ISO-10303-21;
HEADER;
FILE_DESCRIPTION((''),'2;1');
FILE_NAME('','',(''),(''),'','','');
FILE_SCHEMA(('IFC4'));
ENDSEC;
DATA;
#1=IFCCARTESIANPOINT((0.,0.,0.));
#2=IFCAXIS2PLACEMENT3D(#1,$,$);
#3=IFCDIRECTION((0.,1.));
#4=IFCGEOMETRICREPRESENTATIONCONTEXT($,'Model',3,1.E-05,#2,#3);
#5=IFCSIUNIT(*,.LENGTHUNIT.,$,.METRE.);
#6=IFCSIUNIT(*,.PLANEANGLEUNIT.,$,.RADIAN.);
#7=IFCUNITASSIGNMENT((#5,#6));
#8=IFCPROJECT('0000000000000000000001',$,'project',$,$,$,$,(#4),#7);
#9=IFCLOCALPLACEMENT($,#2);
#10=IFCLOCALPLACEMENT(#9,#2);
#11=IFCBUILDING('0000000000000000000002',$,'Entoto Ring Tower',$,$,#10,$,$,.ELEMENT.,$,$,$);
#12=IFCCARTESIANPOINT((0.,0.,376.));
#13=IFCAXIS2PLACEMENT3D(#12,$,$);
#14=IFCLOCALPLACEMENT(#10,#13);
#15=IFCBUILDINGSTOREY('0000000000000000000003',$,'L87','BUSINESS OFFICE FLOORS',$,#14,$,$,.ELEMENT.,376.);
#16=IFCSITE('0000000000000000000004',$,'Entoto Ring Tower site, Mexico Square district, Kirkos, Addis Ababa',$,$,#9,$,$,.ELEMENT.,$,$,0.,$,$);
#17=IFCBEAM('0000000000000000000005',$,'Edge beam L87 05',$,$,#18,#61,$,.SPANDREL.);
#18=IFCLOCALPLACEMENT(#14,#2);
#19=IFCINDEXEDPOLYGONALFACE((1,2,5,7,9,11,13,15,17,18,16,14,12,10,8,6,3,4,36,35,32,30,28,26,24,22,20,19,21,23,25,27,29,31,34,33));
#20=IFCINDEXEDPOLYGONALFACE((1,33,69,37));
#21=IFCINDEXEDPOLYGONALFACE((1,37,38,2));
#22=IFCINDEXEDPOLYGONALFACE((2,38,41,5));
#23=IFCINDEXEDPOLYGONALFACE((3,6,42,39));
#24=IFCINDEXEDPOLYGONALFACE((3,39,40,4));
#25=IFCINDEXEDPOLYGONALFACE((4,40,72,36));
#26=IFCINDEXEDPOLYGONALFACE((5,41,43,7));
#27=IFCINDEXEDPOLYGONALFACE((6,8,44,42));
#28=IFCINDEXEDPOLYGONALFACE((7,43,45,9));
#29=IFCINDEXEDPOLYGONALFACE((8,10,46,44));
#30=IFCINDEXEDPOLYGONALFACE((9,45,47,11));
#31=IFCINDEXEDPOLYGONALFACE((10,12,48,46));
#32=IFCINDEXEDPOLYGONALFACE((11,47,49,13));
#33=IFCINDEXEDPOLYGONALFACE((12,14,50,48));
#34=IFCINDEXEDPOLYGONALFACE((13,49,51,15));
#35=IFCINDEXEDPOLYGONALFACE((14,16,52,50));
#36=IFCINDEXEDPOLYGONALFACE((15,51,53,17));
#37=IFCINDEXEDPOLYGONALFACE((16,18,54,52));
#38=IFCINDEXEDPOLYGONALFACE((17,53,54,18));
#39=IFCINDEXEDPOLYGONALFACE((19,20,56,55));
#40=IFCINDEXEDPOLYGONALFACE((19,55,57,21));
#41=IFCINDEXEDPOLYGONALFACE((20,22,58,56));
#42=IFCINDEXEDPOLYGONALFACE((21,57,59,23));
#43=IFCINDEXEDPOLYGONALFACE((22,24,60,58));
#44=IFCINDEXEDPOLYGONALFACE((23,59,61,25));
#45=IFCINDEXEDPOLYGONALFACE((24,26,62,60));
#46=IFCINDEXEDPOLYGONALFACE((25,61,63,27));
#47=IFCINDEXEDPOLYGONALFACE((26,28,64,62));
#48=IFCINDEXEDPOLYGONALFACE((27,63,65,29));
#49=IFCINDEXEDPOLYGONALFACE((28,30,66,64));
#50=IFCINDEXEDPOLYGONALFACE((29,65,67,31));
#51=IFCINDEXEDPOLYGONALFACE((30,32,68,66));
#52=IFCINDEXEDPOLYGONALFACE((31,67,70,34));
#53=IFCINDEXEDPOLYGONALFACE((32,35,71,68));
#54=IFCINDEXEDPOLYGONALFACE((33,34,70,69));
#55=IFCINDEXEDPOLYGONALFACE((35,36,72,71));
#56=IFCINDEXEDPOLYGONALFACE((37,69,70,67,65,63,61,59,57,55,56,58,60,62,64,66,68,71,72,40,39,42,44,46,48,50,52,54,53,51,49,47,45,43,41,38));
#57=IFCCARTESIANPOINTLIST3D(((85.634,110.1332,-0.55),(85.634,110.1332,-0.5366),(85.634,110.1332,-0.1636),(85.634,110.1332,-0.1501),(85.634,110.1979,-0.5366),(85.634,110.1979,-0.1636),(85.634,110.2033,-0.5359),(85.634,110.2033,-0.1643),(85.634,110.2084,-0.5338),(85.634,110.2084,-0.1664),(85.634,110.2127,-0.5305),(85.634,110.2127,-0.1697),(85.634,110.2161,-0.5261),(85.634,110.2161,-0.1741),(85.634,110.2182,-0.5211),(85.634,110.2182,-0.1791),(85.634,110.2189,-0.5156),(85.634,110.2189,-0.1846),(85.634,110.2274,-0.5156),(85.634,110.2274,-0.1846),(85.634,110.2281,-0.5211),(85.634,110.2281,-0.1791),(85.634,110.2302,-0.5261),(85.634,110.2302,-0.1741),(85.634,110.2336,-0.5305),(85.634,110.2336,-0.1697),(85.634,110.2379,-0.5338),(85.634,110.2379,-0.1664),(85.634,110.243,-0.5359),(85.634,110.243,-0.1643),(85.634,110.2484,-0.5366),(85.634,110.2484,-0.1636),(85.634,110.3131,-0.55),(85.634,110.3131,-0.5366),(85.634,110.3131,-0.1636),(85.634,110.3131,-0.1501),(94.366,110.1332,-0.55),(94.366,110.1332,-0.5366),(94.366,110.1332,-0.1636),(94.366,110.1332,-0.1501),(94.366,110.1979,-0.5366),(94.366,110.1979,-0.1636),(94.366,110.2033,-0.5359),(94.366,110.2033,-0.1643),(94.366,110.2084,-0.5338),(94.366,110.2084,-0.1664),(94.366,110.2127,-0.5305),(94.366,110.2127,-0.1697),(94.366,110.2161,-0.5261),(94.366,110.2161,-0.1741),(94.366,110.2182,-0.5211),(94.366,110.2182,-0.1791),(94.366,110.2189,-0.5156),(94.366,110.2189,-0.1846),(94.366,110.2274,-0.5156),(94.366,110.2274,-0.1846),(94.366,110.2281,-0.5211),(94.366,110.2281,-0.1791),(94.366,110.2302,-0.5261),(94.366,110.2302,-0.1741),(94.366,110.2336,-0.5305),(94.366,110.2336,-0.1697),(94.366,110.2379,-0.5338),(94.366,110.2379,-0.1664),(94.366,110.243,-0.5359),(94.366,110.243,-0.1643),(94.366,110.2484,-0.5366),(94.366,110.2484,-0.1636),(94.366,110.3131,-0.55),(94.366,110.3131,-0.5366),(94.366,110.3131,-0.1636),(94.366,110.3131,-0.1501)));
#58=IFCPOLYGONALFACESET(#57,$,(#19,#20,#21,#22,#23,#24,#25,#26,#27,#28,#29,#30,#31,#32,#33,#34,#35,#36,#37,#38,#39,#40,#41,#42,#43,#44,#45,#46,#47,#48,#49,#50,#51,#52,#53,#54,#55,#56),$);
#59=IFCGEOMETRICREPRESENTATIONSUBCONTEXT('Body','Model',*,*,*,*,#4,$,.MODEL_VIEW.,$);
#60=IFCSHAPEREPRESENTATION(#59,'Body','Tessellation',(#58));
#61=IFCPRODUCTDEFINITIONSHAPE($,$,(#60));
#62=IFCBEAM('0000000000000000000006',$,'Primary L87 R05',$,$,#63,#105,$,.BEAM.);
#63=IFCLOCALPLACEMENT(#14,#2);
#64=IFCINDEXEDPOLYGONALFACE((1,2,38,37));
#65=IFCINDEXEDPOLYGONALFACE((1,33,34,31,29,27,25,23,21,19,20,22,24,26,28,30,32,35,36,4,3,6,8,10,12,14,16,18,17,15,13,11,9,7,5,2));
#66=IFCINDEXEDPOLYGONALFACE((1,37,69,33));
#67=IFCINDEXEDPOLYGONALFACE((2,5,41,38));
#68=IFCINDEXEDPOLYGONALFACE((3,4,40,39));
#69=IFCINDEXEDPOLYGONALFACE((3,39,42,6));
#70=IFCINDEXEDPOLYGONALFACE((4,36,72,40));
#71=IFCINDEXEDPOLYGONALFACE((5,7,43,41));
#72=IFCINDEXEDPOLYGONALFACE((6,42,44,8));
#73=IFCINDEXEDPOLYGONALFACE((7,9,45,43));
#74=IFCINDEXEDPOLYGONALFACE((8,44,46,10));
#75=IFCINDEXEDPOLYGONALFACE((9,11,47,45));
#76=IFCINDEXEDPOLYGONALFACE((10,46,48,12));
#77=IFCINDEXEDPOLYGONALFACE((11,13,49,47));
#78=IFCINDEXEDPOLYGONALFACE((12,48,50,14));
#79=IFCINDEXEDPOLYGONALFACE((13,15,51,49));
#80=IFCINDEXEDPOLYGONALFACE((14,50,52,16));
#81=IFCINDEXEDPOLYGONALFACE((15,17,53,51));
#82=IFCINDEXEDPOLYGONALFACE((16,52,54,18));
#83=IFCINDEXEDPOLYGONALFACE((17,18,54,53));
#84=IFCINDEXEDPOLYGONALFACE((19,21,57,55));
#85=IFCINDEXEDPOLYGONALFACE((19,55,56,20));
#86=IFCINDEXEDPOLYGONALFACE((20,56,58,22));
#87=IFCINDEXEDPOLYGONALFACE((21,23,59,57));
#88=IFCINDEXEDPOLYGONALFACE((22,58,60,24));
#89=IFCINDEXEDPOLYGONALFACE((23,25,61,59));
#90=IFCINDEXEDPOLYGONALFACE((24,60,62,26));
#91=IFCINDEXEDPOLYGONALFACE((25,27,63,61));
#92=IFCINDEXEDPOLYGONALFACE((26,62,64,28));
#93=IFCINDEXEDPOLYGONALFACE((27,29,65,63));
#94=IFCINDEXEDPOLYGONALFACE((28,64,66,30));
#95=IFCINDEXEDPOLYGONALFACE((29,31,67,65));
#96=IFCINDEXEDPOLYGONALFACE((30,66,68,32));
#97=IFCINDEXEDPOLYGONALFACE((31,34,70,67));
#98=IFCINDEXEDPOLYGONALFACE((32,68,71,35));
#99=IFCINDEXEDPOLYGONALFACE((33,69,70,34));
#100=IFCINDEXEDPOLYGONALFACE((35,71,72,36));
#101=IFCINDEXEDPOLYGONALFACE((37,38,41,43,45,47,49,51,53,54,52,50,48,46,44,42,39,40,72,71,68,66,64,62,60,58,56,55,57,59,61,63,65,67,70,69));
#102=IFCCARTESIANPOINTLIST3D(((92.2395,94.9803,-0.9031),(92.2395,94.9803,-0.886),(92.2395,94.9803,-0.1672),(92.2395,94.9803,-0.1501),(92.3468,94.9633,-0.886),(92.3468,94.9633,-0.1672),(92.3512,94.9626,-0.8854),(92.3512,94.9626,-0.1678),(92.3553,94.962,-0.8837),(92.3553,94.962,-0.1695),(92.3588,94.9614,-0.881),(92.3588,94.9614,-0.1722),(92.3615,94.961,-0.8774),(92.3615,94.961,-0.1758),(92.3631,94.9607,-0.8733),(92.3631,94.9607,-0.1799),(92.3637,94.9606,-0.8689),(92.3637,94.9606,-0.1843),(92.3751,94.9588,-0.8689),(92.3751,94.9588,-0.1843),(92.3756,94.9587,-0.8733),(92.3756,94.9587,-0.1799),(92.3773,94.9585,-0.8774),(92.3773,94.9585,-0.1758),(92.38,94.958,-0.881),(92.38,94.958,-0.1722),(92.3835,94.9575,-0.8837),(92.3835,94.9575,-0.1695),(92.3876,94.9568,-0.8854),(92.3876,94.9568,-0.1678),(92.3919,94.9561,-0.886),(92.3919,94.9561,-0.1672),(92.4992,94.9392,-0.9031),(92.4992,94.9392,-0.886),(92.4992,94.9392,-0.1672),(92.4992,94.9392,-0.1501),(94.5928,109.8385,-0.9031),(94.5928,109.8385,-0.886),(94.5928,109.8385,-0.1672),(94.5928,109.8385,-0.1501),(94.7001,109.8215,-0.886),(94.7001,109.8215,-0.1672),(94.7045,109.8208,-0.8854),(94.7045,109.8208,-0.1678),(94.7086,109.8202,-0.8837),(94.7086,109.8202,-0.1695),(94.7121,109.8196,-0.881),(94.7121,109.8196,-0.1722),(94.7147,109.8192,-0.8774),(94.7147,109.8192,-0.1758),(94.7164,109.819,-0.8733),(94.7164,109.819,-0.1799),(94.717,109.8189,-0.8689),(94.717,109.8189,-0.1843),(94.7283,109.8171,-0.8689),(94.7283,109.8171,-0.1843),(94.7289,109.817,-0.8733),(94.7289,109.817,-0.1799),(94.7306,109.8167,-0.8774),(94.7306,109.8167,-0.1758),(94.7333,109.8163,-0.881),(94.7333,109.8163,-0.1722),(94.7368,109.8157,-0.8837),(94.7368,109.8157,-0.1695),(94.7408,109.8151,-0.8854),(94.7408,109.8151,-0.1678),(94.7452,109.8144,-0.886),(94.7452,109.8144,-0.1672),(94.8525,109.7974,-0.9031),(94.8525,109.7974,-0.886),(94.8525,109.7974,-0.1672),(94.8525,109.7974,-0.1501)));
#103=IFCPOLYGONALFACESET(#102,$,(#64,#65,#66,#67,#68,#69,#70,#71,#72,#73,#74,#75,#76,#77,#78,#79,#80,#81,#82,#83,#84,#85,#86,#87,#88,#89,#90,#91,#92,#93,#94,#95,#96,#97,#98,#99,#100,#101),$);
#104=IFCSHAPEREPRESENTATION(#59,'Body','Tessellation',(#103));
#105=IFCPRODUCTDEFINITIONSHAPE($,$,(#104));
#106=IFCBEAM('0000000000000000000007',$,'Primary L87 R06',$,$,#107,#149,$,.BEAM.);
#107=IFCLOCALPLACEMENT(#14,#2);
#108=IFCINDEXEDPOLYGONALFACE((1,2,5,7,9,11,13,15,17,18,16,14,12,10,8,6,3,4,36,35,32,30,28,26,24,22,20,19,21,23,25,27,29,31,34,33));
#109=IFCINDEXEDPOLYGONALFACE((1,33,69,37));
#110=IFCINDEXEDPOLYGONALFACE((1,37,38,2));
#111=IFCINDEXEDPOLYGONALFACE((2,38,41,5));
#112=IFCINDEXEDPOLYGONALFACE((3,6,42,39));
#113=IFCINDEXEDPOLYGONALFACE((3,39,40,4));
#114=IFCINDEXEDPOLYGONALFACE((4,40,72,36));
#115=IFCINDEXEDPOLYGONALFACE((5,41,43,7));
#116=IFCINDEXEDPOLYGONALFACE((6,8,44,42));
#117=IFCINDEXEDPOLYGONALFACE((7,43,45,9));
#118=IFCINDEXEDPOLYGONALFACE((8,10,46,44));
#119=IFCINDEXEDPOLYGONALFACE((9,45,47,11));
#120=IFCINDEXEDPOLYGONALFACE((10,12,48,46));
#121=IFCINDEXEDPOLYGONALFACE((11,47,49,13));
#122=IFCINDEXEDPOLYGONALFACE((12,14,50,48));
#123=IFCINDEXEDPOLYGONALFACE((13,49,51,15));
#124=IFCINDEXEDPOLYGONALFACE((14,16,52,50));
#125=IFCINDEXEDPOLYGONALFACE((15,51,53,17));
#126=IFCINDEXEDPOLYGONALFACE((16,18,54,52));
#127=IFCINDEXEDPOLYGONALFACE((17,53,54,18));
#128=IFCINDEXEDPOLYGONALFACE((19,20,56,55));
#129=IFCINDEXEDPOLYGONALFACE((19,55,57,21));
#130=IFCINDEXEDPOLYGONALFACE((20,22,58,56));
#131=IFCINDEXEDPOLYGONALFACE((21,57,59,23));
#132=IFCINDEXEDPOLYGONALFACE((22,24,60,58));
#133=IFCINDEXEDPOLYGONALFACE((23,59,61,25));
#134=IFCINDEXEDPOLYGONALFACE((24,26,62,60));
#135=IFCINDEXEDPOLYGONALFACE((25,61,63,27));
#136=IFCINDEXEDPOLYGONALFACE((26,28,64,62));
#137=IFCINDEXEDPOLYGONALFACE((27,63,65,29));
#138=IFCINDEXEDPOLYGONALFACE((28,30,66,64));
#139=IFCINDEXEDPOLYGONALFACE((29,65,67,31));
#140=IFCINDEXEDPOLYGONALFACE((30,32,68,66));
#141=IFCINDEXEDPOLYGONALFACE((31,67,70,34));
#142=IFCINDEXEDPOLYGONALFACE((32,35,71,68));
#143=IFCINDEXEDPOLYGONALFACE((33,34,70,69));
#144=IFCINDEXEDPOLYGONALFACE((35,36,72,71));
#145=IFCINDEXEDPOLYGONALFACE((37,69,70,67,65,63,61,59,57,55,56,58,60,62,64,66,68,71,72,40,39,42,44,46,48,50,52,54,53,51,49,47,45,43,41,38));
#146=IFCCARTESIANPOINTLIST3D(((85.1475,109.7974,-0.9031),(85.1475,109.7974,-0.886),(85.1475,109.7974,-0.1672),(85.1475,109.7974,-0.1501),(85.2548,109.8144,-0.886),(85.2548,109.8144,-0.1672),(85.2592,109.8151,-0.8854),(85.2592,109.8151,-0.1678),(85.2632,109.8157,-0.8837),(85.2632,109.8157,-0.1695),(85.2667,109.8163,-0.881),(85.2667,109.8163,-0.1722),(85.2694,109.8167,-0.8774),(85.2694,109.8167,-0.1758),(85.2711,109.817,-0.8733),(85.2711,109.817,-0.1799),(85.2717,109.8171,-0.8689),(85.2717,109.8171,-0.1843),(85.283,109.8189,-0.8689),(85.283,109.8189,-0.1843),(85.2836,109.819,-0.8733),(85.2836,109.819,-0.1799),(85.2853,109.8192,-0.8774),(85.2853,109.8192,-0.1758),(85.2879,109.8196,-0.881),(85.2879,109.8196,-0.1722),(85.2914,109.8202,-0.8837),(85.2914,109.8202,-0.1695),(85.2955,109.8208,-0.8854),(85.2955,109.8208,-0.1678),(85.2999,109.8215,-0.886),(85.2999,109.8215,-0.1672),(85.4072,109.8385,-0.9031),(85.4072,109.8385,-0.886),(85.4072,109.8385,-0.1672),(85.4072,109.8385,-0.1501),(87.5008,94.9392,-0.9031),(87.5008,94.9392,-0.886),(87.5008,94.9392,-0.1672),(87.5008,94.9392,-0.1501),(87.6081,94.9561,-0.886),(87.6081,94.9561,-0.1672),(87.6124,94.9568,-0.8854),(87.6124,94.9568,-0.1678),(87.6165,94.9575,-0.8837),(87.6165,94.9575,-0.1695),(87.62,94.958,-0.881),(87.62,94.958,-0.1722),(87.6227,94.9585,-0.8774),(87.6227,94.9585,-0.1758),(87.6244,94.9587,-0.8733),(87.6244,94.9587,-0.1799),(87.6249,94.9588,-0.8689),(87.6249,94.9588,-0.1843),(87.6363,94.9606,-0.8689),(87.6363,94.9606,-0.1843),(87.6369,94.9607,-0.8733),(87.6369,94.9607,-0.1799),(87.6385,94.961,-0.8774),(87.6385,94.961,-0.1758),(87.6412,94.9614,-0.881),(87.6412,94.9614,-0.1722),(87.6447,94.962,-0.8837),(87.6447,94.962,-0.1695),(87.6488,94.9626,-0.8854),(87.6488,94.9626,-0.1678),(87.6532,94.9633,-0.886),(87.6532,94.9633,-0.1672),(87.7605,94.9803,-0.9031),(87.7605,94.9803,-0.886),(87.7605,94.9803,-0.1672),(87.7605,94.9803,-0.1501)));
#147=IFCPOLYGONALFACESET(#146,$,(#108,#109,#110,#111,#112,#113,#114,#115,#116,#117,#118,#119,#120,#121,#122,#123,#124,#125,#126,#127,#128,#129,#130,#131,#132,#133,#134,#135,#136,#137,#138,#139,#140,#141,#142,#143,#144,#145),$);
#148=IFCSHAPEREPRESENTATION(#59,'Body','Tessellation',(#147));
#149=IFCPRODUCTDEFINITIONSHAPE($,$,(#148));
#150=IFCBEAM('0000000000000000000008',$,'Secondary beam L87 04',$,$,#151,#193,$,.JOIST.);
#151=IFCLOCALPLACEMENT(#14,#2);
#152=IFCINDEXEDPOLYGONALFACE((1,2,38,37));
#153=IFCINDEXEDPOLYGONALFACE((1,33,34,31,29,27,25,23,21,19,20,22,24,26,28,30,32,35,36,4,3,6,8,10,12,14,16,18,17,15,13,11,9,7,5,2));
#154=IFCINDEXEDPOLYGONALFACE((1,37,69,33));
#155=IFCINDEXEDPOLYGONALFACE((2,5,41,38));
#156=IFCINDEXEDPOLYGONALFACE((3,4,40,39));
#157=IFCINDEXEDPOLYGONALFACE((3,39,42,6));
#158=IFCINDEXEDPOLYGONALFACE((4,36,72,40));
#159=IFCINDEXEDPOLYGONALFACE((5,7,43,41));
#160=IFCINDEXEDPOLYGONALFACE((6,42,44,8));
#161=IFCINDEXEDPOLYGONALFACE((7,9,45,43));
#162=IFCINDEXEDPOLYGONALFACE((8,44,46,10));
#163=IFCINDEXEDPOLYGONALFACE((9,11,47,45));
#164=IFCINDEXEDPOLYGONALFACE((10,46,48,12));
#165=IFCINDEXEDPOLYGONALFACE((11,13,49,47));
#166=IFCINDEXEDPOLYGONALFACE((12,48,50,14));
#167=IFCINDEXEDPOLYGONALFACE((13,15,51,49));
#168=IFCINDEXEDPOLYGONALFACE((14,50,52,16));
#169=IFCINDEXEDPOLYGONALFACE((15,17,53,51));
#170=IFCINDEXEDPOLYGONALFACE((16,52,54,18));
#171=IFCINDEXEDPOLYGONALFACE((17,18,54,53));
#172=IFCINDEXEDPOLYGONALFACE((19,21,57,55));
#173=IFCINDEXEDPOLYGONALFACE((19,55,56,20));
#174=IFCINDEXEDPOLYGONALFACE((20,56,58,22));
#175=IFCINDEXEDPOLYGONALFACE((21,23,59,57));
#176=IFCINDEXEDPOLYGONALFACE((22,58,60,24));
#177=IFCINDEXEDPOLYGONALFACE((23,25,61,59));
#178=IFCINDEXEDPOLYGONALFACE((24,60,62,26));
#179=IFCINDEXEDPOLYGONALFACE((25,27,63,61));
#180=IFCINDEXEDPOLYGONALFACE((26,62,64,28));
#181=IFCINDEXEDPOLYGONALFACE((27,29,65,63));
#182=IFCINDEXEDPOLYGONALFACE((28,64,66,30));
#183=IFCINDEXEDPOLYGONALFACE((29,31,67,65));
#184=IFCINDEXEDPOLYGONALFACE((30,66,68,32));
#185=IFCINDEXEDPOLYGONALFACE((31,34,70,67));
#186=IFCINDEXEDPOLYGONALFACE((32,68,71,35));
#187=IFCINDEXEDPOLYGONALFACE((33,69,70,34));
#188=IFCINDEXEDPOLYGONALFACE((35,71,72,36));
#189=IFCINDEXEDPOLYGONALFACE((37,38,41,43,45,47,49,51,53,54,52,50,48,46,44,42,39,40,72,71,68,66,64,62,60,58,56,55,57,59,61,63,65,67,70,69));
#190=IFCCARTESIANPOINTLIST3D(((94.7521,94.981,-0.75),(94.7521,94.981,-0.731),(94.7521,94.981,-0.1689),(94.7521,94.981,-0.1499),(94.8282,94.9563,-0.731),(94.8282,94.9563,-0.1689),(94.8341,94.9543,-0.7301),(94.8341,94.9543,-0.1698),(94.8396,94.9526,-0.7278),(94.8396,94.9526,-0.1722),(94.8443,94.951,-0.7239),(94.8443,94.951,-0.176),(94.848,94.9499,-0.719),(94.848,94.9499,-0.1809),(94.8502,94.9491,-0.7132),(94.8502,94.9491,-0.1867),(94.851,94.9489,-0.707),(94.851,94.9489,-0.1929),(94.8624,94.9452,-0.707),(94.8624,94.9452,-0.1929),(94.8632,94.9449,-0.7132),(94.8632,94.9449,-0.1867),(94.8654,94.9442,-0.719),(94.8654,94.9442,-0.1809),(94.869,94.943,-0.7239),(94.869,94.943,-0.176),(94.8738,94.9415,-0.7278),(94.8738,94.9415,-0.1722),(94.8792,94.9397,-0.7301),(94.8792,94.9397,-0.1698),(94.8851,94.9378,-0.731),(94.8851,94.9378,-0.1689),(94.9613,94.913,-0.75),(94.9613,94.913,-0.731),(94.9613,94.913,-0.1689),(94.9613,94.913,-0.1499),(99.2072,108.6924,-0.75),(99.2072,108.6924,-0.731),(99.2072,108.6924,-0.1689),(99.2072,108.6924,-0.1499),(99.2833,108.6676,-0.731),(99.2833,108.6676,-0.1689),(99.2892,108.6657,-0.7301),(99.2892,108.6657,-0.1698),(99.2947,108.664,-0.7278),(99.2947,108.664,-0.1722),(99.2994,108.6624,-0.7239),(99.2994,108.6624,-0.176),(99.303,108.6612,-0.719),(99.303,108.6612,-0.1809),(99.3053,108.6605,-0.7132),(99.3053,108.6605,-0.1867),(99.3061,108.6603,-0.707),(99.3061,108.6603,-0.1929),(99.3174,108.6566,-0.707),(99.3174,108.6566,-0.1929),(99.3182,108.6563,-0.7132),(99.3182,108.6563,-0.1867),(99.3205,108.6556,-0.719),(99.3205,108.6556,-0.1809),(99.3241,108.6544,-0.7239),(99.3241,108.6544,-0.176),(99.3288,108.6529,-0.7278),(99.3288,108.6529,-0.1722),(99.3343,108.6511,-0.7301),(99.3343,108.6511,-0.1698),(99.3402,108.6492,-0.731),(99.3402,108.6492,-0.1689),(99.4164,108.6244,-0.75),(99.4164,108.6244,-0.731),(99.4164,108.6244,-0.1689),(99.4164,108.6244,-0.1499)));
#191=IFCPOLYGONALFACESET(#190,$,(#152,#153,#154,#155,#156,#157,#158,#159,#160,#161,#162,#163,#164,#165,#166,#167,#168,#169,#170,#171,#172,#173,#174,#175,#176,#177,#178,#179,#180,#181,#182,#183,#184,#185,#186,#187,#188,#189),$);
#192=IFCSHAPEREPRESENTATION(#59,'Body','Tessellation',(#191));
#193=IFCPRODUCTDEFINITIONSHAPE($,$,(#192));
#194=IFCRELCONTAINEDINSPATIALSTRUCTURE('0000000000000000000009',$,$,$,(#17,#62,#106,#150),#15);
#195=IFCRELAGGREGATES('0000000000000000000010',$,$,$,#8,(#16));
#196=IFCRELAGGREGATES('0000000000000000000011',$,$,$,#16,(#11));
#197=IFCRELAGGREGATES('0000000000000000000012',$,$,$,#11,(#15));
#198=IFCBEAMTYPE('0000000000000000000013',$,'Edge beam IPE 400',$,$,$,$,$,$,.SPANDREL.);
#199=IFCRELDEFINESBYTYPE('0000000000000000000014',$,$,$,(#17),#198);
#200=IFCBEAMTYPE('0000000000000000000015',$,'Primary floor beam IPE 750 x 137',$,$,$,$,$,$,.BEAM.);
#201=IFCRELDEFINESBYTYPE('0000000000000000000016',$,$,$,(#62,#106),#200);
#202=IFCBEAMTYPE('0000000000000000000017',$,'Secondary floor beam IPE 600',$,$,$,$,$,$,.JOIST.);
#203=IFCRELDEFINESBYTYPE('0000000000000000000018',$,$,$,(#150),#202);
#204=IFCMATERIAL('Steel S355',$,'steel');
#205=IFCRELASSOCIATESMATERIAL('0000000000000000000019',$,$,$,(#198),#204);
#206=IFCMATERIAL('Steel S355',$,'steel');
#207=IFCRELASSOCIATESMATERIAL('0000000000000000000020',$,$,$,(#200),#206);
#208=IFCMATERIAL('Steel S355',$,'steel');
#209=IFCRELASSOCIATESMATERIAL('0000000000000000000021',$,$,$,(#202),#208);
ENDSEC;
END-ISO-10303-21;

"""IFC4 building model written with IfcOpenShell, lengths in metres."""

from ifc_helpers import new_model, si_unit, direction, frame, origin, origin_2d, place, context, subcontext, project, spatial, i_section, extrude, material, material_profile, profile_set, type_object, element, save


model = new_model("IFC4")

# Units and contexts
model_context = context("Model", 3, precision=1e-05, world=origin(), true_north=direction((0.0, 1.0)))
body_context = subcontext(model_context, "Body", "Model", "MODEL_VIEW")
ifc_project = project(units=[si_unit("LENGTHUNIT", "METRE"), si_unit("PLANEANGLEUNIT", "RADIAN")], contexts=[model_context])

# Site, building, storey
site_placement = place(None, origin())
site = spatial("IfcSite", under=ifc_project, at=site_placement, Name="Entoto Ring Tower site, Mexico Square district, Kirkos, Addis Ababa", CompositionType="ELEMENT", RefElevation=0.0)
building_placement = place(site_placement, origin())
building = spatial("IfcBuilding", under=site, at=building_placement, Name="Entoto Ring Tower", CompositionType="ELEMENT")
storey_placement = place(building_placement, frame((0.0, 0.0, 376.0)))
storey = spatial("IfcBuildingStorey", under=building, at=storey_placement, Name="L87", Description="BUSINESS OFFICE FLOORS", CompositionType="ELEMENT", Elevation=376.0)

# Beams
ifc_material_1 = material(Name="Steel S355", Category="steel")
ifc_material_profile_1 = material_profile(ifc_material_1, i_section(OverallWidth=0.1799, OverallDepth=0.3999, WebThickness=0.0085, FlangeThickness=0.0134, FilletRadius=0.021, at=origin_2d()), Name="IPE 400")
ifc_profile_set_1 = profile_set([ifc_material_profile_1], Name="Steel S355")
beam_type_1 = type_object("IfcBeamType", Name="Edge beam IPE 400", PredefinedType="SPANDREL", material=ifc_profile_set_1)
beam_1_placement = place(storey_placement, frame((94.366, 110.2231, -0.3501), z_axis=(-1.0, 0.0, 0.0), x_axis=(0.0, -1.0, 0.0)))
element("IfcBeam", 1, at=beam_1_placement, inside=storey, type_object=beam_type_1, Name="Edge beam L87 05", PredefinedType="SPANDREL", context=body_context, shape_type="SweptSolid", body=[
    extrude(i_section(OverallWidth=0.1799, OverallDepth=0.3999, WebThickness=0.0085, FlangeThickness=0.0134, FilletRadius=0.021, at=origin_2d()), origin(), (0.0, 0.0, 1.0), 8.7319),
])
ifc_material_2 = material(Name="Steel S355", Category="steel")
ifc_material_profile_2 = material_profile(ifc_material_2, i_section(OverallWidth=0.2629, OverallDepth=0.7529, WebThickness=0.0115, FlangeThickness=0.0171, FilletRadius=0.0171, at=origin_2d()), Name="IPE 750 x 137")
ifc_profile_set_2 = profile_set([ifc_material_profile_2], Name="Steel S355")
beam_type_2 = type_object("IfcBeamType", Name="Primary floor beam IPE 750 x 137", PredefinedType="BEAM", material=ifc_profile_set_2)
for number, where, z_axis, x_axis, name in (
    (2, (92.3694, 94.9597, -0.5266), (0.156433, 0.987689, 0.0), (-0.987689, 0.156433, 0.0), "Primary L87 R05"),
    (3, (87.6306, 94.9597, -0.5266), (-0.156433, 0.987689, 0.0), (-0.987689, -0.156433, 0.0), "Primary L87 R06"),
):
    element("IfcBeam", number, at=place(storey_placement, frame(where, z_axis=z_axis, x_axis=x_axis)), inside=storey, type_object=beam_type_2, Name=name, PredefinedType="BEAM", context=body_context, shape_type="SweptSolid", body=[
        extrude(i_section(OverallWidth=0.2629, OverallDepth=0.7529, WebThickness=0.0115, FlangeThickness=0.0171, FilletRadius=0.0171, at=origin_2d()), origin(), (0.0, 0.0, 1.0), 15.0435),
    ])
ifc_material_3 = material(Name="Steel S355", Category="steel")
ifc_material_profile_3 = material_profile(ifc_material_3, i_section(OverallWidth=0.22, OverallDepth=0.6001, WebThickness=0.012, FlangeThickness=0.019, FilletRadius=0.0239, at=origin_2d()), Name="IPE 600")
ifc_profile_set_3 = profile_set([ifc_material_profile_3], Name="Steel S355")
beam_type_3 = type_object("IfcBeamType", Name="Secondary floor beam IPE 600", PredefinedType="JOIST", material=ifc_profile_set_3)
beam_2_placement = place(storey_placement, frame((94.8567, 94.947, -0.45), z_axis=(0.309015, 0.951057, 0.0), x_axis=(-0.951057, 0.309015, 0.0)))
element("IfcBeam", 4, at=beam_2_placement, inside=storey, type_object=beam_type_3, Name="Secondary beam L87 04", PredefinedType="JOIST", context=body_context, shape_type="SweptSolid", body=[
    extrude(i_section(OverallWidth=0.22, OverallDepth=0.6001, WebThickness=0.012, FlangeThickness=0.019, FilletRadius=0.0239, at=origin_2d()), origin(), (0.0, 0.0, 1.0), 14.417),
])

save(model, "model.ifc")
